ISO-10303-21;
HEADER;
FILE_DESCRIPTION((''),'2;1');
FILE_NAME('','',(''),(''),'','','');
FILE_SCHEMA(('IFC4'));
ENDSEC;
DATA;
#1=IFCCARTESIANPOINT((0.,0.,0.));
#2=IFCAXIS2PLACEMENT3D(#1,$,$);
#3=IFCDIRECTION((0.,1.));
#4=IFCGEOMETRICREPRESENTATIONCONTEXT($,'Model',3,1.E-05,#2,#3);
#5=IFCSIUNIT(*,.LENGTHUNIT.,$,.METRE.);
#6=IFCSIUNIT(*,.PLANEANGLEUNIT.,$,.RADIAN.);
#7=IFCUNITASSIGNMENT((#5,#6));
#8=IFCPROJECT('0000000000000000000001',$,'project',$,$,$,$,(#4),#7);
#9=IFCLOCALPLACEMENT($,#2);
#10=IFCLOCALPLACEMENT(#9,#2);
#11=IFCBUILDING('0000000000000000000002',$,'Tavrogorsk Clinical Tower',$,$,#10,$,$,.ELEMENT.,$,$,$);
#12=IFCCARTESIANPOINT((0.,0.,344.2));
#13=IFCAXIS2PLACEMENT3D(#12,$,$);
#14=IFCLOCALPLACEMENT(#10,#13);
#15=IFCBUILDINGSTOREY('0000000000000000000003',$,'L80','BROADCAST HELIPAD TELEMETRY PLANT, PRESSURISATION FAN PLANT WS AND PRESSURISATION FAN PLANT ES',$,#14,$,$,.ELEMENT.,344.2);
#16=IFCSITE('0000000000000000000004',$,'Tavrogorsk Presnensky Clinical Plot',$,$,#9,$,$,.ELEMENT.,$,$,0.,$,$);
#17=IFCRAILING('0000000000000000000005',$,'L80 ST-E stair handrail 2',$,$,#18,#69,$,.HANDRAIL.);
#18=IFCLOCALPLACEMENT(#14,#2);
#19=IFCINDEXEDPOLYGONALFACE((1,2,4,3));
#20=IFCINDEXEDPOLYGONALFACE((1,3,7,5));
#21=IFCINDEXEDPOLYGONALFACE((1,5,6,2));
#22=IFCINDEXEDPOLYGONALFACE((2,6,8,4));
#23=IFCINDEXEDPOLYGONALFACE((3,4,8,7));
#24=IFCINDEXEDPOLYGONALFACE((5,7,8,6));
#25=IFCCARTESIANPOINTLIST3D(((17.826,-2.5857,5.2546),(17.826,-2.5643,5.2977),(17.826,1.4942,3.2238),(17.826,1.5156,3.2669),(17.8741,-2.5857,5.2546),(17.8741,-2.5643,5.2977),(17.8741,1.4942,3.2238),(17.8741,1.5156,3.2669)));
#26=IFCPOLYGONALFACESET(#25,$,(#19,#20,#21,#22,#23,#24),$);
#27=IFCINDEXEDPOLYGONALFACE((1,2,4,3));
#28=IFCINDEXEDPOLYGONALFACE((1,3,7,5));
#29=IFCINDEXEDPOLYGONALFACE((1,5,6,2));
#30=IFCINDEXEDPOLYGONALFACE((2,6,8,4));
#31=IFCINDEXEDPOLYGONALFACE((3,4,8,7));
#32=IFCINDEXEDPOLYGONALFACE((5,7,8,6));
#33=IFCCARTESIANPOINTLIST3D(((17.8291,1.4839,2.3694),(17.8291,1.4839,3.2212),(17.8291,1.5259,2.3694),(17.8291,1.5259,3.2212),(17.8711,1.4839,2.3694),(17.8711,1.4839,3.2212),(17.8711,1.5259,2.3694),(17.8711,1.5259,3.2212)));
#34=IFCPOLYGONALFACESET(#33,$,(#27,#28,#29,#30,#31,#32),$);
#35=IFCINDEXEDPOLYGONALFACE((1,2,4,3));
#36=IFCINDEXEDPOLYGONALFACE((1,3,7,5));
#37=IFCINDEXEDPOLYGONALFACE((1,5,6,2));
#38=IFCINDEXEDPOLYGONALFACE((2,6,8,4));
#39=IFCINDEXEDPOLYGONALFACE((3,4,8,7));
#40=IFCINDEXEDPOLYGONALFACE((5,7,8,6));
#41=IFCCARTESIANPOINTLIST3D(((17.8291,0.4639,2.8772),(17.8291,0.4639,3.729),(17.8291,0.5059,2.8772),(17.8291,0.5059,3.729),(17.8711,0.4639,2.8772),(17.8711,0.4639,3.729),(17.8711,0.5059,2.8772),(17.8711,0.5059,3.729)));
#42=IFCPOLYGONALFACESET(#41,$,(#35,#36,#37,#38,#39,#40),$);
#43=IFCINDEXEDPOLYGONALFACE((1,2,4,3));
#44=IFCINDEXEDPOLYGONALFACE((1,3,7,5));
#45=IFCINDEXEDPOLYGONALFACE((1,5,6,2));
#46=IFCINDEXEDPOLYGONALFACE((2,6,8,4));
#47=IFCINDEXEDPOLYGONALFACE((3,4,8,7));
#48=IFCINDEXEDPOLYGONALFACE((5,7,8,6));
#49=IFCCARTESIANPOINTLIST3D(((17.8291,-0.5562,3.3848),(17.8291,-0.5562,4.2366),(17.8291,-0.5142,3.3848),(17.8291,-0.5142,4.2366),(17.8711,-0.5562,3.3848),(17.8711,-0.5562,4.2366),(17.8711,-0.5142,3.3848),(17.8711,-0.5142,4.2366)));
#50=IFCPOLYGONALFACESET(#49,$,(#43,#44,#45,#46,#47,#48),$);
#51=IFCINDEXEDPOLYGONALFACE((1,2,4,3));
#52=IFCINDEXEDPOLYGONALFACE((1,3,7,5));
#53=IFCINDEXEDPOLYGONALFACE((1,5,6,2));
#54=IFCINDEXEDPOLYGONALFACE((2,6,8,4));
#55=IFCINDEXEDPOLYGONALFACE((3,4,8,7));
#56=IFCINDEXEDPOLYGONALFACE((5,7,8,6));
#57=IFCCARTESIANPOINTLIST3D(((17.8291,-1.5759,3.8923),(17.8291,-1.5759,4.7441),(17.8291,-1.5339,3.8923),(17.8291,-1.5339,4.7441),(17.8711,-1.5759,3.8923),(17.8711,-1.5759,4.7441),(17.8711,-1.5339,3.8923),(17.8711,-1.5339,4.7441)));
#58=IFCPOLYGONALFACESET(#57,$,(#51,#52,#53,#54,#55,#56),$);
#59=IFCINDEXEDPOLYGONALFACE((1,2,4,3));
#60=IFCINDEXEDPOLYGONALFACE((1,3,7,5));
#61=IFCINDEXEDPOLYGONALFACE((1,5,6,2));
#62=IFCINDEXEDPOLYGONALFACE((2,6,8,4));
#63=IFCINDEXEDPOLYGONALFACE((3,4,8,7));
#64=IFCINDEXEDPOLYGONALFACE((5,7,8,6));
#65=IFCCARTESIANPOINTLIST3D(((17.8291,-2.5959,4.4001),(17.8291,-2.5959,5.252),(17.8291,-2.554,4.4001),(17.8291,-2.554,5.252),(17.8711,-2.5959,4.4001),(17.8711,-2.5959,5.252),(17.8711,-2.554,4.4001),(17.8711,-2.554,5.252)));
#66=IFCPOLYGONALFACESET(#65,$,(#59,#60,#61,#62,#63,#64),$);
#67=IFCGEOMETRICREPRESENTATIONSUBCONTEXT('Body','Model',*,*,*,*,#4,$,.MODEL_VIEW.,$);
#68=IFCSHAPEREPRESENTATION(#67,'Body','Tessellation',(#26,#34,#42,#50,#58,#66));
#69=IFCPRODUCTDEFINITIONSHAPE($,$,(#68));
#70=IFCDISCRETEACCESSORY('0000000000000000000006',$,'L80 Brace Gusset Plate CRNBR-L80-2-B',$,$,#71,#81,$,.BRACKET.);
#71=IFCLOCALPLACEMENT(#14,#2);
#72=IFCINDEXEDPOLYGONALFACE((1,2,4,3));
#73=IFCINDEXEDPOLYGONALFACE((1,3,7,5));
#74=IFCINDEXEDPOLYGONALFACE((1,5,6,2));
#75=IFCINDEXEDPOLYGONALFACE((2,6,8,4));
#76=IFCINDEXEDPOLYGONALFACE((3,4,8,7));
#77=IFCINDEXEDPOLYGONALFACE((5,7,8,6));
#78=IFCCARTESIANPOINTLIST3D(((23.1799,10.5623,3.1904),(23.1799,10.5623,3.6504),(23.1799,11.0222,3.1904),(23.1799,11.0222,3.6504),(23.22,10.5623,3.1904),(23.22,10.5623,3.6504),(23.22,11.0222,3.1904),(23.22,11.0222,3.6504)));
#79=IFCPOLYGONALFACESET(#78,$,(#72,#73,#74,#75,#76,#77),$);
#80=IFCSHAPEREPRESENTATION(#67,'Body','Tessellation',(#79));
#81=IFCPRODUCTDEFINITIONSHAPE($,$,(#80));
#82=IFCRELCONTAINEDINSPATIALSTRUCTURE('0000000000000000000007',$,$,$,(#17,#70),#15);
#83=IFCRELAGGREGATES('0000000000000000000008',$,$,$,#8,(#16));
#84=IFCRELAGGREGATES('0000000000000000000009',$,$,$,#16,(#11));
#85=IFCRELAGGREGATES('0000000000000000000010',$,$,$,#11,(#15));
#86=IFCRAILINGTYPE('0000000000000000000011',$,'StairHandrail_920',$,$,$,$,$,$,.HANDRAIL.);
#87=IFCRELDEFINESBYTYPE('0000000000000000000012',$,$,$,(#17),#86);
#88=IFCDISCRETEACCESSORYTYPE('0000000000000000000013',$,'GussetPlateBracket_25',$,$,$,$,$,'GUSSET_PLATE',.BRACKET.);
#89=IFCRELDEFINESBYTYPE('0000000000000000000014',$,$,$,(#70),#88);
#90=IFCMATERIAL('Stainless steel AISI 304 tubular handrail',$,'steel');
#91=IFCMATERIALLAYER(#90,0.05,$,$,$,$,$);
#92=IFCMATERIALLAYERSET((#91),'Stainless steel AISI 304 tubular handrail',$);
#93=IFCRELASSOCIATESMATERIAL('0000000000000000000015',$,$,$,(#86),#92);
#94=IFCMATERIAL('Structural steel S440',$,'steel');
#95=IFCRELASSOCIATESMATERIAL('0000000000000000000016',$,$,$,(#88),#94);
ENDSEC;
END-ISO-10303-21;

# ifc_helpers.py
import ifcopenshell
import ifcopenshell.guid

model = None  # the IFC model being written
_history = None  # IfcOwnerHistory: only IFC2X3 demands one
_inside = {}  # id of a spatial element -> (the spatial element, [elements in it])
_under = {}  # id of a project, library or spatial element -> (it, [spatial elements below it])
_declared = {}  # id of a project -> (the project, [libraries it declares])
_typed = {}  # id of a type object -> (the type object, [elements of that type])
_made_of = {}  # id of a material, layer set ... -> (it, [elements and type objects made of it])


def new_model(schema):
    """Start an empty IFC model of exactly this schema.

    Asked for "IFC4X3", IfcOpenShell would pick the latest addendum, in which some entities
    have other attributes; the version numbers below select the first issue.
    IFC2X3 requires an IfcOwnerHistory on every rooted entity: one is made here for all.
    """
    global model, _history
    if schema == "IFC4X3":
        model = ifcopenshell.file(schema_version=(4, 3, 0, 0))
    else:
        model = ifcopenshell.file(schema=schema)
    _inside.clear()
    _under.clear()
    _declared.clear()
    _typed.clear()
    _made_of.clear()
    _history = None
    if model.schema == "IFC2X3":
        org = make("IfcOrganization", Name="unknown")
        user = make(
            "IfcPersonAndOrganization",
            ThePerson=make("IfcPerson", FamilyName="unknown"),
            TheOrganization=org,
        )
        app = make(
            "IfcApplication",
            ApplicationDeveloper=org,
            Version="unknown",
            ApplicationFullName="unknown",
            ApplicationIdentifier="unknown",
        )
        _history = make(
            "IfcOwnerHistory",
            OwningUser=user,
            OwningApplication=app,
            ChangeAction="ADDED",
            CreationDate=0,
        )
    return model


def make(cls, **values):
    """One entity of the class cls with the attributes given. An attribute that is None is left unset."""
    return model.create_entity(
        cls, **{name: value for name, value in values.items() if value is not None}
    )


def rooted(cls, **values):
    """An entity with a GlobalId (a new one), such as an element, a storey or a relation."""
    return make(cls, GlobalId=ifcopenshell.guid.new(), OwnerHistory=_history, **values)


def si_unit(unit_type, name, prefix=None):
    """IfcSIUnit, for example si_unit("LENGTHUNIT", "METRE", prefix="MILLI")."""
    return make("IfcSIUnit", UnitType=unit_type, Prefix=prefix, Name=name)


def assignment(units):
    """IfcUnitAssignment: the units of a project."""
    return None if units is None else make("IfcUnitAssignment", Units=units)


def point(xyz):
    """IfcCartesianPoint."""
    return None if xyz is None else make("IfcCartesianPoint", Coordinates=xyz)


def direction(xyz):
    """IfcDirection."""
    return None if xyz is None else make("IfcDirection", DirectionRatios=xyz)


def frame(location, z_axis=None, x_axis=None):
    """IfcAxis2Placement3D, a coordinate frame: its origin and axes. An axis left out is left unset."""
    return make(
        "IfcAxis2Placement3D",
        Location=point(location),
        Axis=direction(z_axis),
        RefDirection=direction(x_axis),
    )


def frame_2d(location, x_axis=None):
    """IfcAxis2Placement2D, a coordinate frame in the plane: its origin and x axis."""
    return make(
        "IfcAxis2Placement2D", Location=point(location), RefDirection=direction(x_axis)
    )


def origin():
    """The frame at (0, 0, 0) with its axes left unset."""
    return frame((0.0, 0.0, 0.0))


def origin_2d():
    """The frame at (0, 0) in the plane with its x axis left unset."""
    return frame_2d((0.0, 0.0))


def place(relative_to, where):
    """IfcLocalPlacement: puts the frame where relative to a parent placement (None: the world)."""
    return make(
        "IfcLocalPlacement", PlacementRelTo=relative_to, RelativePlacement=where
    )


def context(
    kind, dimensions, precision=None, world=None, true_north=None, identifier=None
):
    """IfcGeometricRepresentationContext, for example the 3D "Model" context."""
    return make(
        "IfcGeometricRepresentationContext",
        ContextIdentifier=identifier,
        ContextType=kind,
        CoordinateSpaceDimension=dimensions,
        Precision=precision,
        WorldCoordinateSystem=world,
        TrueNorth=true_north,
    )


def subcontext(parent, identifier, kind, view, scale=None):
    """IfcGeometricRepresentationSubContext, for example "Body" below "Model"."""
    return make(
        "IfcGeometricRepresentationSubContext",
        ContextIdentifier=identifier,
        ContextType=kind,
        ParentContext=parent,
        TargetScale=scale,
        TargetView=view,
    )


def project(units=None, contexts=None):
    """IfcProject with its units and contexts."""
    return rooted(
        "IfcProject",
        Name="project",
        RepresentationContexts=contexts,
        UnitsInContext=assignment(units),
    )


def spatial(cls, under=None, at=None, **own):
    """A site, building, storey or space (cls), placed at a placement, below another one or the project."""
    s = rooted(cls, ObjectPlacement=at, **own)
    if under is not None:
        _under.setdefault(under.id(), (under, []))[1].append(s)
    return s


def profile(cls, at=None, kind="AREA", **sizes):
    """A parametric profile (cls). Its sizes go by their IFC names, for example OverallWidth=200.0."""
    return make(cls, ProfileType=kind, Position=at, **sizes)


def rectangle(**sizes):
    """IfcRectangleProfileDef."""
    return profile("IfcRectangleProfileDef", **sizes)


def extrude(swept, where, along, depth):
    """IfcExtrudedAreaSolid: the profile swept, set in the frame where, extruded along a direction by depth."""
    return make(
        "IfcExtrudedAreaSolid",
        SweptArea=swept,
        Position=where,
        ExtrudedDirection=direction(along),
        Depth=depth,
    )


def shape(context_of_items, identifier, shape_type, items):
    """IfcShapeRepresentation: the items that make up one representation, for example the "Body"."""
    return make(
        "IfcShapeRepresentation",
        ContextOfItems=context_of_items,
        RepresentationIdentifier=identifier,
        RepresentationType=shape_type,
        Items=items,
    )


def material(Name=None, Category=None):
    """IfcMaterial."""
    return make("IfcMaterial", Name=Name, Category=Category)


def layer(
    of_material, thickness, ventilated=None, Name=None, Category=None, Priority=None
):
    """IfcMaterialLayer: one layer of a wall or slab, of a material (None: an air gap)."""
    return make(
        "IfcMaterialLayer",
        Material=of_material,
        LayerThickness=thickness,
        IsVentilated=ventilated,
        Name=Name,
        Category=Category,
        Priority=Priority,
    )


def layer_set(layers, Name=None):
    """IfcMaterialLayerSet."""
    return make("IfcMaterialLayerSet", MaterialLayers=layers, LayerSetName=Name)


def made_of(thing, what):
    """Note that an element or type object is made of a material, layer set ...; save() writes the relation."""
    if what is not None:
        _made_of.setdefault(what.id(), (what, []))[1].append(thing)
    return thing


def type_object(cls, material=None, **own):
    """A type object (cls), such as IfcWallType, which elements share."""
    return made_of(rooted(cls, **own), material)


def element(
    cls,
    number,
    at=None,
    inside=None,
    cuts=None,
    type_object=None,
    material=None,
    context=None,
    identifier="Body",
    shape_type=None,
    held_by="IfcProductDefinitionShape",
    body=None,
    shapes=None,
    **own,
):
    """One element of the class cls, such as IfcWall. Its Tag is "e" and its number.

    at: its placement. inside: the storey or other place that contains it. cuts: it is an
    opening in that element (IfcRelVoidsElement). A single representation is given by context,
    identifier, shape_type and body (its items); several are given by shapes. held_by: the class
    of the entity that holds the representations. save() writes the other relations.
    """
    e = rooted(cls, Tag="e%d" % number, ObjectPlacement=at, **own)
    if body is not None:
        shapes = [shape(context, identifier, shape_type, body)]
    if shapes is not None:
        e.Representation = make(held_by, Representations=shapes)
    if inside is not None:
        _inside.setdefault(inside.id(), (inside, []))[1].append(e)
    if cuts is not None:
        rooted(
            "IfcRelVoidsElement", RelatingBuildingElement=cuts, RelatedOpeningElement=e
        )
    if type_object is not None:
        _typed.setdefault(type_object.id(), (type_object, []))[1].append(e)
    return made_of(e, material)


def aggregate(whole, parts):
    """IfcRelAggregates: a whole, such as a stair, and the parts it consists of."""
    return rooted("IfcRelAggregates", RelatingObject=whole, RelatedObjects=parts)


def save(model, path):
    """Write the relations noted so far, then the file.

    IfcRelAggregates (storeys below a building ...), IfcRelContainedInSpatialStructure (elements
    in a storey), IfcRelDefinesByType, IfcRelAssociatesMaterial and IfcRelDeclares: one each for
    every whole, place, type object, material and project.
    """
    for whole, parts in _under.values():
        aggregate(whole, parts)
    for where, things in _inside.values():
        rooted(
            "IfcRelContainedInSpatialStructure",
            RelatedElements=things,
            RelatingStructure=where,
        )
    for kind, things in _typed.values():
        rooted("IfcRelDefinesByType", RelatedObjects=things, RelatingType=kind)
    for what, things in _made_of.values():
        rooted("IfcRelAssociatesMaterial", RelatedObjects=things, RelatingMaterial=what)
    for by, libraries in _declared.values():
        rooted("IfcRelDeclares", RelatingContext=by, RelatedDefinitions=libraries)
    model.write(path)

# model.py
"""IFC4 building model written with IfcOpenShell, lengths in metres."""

from ifc_helpers import new_model, si_unit, direction, frame, origin, origin_2d, place, context, subcontext, project, spatial, rectangle, extrude, material, layer, layer_set, type_object, element, save


model = new_model("IFC4")

# Units and contexts
model_context = context("Model", 3, precision=1e-05, world=origin(), true_north=direction((0.0, 1.0)))
body_context = subcontext(model_context, "Body", "Model", "MODEL_VIEW")
ifc_project = project(units=[si_unit("LENGTHUNIT", "METRE"), si_unit("PLANEANGLEUNIT", "RADIAN")], contexts=[model_context])

# Site, building, storey
site_placement = place(None, origin())
site = spatial("IfcSite", under=ifc_project, at=site_placement, Name="Tavrogorsk Presnensky Clinical Plot", CompositionType="ELEMENT", RefElevation=0.0)
building_placement = place(site_placement, origin())
building = spatial("IfcBuilding", under=site, at=building_placement, Name="Tavrogorsk Clinical Tower", CompositionType="ELEMENT")
storey_placement = place(building_placement, frame((0.0, 0.0, 344.2)))
storey = spatial("IfcBuildingStorey", under=building, at=storey_placement, Name="L80", Description="BROADCAST HELIPAD TELEMETRY PLANT, PRESSURISATION FAN PLANT WS AND PRESSURISATION FAN PLANT ES", CompositionType="ELEMENT", Elevation=344.2)

# Railing
ifc_material_1 = material(Name="Stainless steel AISI 304 tubular handrail", Category="steel")
ifc_layer_1 = layer(ifc_material_1, 0.05)
ifc_layer_set_1 = layer_set([ifc_layer_1], Name="Stainless steel AISI 304 tubular handrail")
railing_type_1 = type_object("IfcRailingType", Name="StairHandrail_920", PredefinedType="HANDRAIL", material=ifc_layer_set_1)
railing_1_placement = place(storey_placement, frame((17.8501, 1.5049, 2.3694)))
element("IfcRailing", 1, at=railing_1_placement, inside=storey, type_object=railing_type_1, Name="L80 ST-E stair handrail 2", PredefinedType="HANDRAIL", context=body_context, shape_type="SweptSolid", body=[
    extrude(rectangle(XDim=0.0481, YDim=0.0481, at=origin_2d()), frame((0.0, 0.0, 0.876), z_axis=(0.0, -0.895229, 0.445606), x_axis=(1.0, 0.0, 0.0)), (0.0, 0.0, 1.0), 4.5574),
    extrude(rectangle(XDim=0.042, YDim=0.042, at=origin_2d()), origin(), (0.0, 0.0, 1.0), 0.8518),
    extrude(rectangle(XDim=0.042, YDim=0.042, at=origin_2d()), frame((0.0, -1.02, 0.5078)), (0.0, 0.0, 1.0), 0.8518),
    extrude(rectangle(XDim=0.042, YDim=0.042, at=origin_2d()), frame((0.0, -2.04, 1.0154)), (0.0, 0.0, 1.0), 0.8518),
    extrude(rectangle(XDim=0.042, YDim=0.042, at=origin_2d()), frame((0.0, -3.0598, 1.5229)), (0.0, 0.0, 1.0), 0.8518),
    extrude(rectangle(XDim=0.042, YDim=0.042, at=origin_2d()), frame((0.0, -4.0798, 2.0308)), (0.0, 0.0, 1.0), 0.8518),
])

# Discrete accessory
ifc_material_2 = material(Name="Structural steel S440", Category="steel")
discrete_accessory_type = type_object("IfcDiscreteAccessoryType", Name="GussetPlateBracket_25", ElementType="GUSSET_PLATE", PredefinedType="BRACKET", material=ifc_material_2)
discrete_accessory_placement = place(storey_placement, frame((23.2, 10.7922, 3.1904), z_axis=(0.0, 0.0, 1.0), x_axis=(0.0, 1.0, 0.0)))
element("IfcDiscreteAccessory", 2, at=discrete_accessory_placement, inside=storey, type_object=discrete_accessory_type, Name="L80 Brace Gusset Plate CRNBR-L80-2-B", PredefinedType="BRACKET", context=body_context, shape_type="SweptSolid", body=[
    extrude(rectangle(XDim=0.46, YDim=0.04, at=origin_2d()), origin(), (0.0, 0.0, 1.0), 0.46),
])

save(model, "model.ifc")
